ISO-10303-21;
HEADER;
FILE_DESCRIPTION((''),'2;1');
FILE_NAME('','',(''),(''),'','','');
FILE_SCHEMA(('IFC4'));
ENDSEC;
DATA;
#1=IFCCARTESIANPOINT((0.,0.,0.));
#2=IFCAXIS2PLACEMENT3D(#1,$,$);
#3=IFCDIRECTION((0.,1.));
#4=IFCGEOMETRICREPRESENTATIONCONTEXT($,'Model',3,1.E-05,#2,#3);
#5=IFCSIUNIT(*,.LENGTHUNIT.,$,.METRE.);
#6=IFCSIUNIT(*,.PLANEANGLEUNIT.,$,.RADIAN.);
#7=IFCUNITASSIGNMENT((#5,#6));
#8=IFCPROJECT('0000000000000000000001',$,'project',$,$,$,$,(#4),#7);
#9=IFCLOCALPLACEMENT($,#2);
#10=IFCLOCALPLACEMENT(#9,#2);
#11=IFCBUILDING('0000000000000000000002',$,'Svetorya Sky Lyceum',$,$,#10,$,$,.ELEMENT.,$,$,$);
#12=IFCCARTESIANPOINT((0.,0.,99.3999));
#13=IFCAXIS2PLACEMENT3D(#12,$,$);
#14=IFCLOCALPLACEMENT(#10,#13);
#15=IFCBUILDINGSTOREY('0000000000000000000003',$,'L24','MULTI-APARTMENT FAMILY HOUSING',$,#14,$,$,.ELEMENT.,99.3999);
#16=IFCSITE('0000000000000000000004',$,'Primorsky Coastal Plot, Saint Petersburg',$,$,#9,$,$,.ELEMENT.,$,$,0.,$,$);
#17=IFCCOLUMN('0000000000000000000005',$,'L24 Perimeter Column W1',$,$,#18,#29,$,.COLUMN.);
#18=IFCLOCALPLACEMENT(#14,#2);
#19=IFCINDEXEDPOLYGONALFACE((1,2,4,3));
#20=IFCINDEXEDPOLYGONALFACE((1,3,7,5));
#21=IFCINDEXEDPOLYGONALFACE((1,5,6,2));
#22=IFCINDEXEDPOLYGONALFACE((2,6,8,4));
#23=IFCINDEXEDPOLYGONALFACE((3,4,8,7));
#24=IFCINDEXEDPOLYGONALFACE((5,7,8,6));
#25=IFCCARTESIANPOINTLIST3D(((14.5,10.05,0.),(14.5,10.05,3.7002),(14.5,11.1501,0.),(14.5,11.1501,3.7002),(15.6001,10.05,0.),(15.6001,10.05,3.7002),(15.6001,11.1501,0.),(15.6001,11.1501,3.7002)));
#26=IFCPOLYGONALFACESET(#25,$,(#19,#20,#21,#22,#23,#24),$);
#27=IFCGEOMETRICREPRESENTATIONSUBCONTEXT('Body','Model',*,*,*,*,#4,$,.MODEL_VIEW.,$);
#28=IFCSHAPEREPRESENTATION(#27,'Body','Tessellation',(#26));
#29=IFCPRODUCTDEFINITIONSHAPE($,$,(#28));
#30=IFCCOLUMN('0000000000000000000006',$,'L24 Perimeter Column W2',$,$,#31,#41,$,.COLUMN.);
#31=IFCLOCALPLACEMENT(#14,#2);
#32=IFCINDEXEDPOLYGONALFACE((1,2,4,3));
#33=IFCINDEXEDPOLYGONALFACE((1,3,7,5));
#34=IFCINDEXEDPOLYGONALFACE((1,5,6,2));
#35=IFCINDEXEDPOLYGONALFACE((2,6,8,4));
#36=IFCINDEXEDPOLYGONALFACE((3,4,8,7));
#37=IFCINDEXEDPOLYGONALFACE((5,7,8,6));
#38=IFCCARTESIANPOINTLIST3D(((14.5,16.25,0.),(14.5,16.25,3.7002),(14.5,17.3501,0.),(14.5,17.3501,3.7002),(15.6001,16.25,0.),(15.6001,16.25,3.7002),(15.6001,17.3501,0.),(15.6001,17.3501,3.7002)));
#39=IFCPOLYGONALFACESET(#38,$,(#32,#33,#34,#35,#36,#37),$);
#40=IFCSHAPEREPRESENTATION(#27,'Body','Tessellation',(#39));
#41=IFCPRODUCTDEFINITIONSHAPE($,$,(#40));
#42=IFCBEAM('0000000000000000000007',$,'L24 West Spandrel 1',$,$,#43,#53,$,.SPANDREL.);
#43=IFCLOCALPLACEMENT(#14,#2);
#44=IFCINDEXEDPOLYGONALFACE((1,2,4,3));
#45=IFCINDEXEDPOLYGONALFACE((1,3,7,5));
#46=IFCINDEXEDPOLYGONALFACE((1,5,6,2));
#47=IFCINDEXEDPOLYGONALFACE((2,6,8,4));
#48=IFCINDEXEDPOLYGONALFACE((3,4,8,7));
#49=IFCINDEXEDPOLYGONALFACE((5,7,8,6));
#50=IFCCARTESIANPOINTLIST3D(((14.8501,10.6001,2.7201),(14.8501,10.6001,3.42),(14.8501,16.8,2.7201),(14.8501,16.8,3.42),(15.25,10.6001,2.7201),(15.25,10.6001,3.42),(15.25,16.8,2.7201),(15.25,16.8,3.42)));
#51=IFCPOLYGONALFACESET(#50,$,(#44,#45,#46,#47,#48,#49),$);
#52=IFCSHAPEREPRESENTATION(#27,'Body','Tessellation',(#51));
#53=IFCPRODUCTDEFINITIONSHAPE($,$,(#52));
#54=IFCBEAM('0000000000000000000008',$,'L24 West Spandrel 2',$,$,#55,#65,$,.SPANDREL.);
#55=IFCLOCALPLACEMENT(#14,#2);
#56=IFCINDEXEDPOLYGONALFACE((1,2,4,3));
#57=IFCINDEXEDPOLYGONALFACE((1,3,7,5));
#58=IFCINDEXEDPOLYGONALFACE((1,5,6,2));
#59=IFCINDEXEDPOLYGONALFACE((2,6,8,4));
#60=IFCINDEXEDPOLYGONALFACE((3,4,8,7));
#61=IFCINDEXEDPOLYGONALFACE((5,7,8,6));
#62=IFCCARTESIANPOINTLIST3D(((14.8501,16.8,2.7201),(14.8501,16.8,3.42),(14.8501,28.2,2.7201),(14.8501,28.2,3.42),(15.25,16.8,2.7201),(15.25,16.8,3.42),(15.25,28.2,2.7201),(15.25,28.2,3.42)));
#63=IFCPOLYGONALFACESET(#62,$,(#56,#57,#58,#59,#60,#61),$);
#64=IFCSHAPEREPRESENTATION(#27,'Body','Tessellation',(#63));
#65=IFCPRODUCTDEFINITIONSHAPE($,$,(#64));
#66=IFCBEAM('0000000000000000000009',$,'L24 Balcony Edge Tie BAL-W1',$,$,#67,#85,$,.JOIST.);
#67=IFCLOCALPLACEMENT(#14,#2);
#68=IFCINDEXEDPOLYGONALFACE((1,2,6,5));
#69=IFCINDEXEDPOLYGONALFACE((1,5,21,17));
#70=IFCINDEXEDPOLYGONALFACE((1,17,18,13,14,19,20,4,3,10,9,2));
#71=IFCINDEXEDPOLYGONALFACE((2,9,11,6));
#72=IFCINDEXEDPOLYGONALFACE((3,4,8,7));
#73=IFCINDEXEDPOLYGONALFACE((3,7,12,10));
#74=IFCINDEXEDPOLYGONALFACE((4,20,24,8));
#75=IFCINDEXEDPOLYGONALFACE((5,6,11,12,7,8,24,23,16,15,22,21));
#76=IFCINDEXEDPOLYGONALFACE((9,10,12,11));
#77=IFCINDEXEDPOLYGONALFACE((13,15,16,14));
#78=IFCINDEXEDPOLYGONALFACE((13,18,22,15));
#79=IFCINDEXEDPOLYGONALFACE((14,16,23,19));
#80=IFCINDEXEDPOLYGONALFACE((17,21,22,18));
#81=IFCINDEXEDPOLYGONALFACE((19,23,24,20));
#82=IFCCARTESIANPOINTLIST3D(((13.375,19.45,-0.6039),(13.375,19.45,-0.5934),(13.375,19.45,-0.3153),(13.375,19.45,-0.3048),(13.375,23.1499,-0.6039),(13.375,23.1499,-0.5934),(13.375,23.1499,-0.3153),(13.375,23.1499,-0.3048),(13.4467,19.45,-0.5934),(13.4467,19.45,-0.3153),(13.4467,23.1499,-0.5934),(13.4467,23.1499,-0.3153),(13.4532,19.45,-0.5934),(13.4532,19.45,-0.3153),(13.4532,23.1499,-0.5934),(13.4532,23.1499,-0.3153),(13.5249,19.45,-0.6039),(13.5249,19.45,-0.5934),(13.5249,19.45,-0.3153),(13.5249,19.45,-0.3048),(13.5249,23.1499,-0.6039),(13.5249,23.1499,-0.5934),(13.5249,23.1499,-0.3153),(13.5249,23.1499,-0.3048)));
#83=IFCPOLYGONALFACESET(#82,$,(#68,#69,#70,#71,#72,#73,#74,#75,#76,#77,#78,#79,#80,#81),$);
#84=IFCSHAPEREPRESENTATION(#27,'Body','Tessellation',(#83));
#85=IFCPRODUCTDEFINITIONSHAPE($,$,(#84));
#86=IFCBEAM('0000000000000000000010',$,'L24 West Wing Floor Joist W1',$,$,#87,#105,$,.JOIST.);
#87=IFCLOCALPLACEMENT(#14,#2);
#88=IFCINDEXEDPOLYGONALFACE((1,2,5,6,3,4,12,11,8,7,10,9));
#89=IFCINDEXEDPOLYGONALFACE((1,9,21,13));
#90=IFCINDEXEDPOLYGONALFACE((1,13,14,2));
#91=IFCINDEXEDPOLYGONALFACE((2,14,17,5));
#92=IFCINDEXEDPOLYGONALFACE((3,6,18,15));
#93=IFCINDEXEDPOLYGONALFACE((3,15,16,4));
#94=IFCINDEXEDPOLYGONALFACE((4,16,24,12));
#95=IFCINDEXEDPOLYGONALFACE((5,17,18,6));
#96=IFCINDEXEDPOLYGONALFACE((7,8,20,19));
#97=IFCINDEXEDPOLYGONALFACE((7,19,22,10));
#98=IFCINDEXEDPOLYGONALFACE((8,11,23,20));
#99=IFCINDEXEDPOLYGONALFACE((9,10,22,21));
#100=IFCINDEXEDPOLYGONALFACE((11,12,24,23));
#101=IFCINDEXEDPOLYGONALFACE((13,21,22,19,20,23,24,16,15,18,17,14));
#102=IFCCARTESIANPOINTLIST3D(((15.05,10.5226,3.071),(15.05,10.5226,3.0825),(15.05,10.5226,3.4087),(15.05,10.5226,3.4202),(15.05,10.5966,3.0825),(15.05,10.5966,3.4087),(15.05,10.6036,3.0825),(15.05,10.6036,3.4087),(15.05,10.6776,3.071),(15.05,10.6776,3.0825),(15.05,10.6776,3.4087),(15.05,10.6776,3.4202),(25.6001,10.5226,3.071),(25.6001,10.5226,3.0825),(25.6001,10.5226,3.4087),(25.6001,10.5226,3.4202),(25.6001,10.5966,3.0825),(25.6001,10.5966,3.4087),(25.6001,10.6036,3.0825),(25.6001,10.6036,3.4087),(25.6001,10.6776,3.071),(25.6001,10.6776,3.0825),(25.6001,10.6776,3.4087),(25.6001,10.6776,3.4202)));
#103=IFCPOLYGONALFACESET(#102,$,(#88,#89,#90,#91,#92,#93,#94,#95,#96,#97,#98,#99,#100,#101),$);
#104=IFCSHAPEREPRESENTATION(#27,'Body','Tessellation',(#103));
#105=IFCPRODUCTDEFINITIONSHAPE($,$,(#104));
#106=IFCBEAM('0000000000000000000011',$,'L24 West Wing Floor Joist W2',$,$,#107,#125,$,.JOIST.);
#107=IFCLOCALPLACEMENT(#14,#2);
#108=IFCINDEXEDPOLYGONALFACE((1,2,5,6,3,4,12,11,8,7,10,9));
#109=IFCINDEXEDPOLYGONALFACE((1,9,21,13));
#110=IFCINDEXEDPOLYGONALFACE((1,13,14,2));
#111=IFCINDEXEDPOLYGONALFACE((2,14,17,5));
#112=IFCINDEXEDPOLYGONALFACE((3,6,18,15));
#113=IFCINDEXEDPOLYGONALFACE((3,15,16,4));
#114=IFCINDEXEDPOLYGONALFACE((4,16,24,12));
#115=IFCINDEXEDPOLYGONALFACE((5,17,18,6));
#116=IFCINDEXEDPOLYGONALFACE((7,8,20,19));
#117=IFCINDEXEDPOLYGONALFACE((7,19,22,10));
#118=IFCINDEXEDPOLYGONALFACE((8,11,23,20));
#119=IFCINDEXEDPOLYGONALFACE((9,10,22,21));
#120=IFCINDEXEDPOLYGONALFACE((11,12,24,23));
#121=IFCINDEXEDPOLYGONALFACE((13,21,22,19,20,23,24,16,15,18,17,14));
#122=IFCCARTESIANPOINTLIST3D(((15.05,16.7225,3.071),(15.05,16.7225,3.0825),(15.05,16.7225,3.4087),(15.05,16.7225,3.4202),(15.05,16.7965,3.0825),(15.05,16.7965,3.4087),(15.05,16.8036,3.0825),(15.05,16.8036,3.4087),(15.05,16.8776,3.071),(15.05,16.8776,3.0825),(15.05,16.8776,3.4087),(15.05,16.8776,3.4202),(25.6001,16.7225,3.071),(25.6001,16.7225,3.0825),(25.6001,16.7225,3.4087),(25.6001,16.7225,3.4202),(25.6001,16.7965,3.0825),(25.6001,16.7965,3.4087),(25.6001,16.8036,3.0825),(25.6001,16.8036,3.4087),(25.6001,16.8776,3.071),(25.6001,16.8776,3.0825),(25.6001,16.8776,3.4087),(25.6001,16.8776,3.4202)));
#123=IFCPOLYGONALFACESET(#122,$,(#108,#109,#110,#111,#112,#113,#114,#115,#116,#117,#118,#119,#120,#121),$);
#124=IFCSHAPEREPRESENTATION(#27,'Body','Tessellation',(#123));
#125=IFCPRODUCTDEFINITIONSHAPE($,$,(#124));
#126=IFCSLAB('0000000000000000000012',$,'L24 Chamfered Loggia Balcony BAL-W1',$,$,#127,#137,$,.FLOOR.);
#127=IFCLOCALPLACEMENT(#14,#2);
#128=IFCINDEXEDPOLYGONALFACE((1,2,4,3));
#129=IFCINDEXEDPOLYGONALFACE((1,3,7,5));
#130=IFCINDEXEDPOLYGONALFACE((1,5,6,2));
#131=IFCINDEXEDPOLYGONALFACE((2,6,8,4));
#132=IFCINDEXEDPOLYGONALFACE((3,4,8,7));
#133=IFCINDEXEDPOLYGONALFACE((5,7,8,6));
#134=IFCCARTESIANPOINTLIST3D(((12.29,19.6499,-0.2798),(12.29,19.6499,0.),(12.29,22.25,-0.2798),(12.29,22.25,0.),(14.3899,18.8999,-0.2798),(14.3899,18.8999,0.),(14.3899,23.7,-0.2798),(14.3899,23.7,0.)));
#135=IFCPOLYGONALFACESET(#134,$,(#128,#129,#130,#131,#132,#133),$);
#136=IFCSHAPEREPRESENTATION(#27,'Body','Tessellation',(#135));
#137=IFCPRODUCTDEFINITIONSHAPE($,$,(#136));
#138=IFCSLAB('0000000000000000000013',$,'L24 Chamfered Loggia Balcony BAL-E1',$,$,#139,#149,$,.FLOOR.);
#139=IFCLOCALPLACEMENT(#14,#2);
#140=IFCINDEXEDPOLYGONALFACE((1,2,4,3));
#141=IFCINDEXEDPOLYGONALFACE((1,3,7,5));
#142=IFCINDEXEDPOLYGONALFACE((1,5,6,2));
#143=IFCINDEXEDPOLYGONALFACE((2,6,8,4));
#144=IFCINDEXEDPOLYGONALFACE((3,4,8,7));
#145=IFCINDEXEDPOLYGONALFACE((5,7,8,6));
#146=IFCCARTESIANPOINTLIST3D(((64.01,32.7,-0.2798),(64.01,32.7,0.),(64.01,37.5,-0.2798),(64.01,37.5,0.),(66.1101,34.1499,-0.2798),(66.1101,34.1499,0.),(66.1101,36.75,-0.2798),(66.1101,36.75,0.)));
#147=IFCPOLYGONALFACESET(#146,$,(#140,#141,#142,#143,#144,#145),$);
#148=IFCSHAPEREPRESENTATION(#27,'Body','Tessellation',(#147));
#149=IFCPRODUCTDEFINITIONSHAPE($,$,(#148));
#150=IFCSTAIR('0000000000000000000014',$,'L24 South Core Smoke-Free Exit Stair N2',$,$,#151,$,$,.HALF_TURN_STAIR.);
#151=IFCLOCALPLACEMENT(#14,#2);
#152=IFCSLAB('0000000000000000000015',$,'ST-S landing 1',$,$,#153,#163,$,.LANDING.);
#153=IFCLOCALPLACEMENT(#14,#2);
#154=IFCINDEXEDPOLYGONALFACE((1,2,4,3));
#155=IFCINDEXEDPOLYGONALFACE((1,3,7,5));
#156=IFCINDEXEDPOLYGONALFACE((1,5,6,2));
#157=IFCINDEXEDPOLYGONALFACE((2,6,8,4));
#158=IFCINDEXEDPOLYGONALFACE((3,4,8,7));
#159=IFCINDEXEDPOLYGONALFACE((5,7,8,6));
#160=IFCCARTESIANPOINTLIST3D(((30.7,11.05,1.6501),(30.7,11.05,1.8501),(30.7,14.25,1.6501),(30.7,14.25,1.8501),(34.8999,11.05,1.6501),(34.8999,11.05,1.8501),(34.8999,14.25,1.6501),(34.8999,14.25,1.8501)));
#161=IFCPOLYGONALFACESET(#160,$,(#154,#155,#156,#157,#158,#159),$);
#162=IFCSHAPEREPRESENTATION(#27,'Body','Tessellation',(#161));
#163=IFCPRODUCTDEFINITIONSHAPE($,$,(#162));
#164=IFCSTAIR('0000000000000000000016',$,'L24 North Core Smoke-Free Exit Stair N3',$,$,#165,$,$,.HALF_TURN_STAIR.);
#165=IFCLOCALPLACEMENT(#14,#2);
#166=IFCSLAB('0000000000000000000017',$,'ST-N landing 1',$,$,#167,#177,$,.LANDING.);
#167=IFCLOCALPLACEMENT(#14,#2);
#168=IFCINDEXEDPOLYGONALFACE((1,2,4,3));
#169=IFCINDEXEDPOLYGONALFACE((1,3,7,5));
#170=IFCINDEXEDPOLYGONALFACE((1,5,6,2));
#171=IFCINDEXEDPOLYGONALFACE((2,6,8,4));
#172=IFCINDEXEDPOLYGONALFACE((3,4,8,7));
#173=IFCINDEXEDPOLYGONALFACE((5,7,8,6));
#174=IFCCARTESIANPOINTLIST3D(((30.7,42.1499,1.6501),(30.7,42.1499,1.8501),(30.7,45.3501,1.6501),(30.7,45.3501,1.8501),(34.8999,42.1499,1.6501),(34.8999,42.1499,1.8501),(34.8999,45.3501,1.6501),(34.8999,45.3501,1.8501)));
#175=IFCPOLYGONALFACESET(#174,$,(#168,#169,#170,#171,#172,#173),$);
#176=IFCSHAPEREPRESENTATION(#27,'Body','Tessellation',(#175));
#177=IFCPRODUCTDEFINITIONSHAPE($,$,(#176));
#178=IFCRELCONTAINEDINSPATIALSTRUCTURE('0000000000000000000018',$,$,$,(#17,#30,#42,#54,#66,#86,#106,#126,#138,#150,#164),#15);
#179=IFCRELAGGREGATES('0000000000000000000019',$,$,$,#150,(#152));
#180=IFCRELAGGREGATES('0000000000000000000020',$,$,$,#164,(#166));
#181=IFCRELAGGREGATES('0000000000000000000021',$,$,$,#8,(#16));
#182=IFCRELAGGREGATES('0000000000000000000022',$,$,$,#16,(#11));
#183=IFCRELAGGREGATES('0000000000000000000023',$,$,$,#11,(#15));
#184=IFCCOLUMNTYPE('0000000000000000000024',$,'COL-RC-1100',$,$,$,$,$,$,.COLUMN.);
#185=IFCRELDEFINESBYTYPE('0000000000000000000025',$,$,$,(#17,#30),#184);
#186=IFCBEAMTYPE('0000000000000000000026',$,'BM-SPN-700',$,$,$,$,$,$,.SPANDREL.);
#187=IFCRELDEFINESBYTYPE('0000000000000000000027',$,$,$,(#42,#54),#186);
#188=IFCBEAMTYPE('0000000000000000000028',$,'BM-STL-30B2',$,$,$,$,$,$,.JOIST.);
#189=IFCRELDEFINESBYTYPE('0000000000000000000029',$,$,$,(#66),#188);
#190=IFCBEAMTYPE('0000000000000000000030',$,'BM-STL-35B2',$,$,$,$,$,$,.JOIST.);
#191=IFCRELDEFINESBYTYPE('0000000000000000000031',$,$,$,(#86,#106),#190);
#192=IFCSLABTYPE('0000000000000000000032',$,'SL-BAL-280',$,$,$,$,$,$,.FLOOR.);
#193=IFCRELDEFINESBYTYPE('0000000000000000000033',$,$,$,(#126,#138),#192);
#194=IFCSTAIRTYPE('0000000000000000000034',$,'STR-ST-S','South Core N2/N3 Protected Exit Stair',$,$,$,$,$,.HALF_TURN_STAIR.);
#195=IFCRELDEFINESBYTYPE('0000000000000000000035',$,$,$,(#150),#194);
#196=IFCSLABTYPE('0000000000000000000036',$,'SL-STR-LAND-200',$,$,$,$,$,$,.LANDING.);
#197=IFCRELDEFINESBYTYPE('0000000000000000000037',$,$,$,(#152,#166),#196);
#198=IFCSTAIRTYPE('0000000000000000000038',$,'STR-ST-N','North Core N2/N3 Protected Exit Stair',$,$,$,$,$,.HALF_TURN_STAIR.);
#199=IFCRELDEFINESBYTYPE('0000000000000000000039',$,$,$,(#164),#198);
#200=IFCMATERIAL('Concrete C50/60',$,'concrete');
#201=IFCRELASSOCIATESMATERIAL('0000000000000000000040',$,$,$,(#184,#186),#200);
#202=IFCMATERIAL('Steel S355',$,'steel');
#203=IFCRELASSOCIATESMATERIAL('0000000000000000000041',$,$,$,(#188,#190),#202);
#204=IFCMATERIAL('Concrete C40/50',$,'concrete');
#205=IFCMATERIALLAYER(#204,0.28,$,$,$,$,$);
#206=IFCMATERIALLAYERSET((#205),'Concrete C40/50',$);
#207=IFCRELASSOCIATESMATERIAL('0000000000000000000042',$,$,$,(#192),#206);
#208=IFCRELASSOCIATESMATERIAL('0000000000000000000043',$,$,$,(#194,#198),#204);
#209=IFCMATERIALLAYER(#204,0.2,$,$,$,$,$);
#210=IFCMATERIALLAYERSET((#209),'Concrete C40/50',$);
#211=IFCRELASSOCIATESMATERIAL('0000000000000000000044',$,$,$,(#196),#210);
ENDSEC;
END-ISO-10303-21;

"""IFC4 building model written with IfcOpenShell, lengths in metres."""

from ifc_helpers import new_model, si_unit, direction, frame, origin, origin_2d, place, context, subcontext, project, spatial, polyline, rectangle, i_section, outline, extrude, material, layer, layer_set, material_profile, profile_set, type_object, element, aggregate, save


model = new_model("IFC4")

# Units and contexts
model_context = context("Model", 3, precision=1e-05, world=origin(), true_north=direction((0.0, 1.0)))
body_context = subcontext(model_context, "Body", "Model", "MODEL_VIEW")
ifc_project = project(units=[si_unit("LENGTHUNIT", "METRE"), si_unit("PLANEANGLEUNIT", "RADIAN")], contexts=[model_context])

# Site, building, storey
site_placement = place(None, origin())
site = spatial("IfcSite", under=ifc_project, at=site_placement, Name="Primorsky Coastal Plot, Saint Petersburg", CompositionType="ELEMENT", RefElevation=0.0)
building_placement = place(site_placement, origin())
building = spatial("IfcBuilding", under=site, at=building_placement, Name="Svetorya Sky Lyceum", CompositionType="ELEMENT")
storey_placement = place(building_placement, frame((0.0, 0.0, 99.3999)))
storey = spatial("IfcBuildingStorey", under=building, at=storey_placement, Name="L24", Description="MULTI-APARTMENT FAMILY HOUSING", CompositionType="ELEMENT", Elevation=99.3999)

# Columns
ifc_material_1 = material(Name="Concrete C50/60", Category="concrete")
ifc_material_profile_1 = material_profile(ifc_material_1, rectangle(XDim=1.1001, YDim=1.1001, at=origin_2d()), Name="RC COL 1100x1100")
ifc_profile_set_1 = profile_set([ifc_material_profile_1], Name="Concrete C50/60")
column_type = type_object("IfcColumnType", Name="COL-RC-1100", PredefinedType="COLUMN", material=ifc_profile_set_1)
for number, where, z_axis, x_axis, name in (
    (1, (15.05, 10.6001, 0.0), (0.0, 0.0, 1.0), (1.0, 0.0, 0.0), "L24 Perimeter Column W1"),
    (2, (15.05, 16.8, 0.0), (0.0, 0.0, 1.0), (1.0, 0.0, 0.0), "L24 Perimeter Column W2"),
):
    element("IfcColumn", number, at=place(storey_placement, frame(where, z_axis=z_axis, x_axis=x_axis)), inside=storey, type_object=column_type, Name=name, PredefinedType="COLUMN", context=body_context, shape_type="SweptSolid", body=[
        extrude(rectangle(XDim=1.1001, YDim=1.1001, at=origin_2d()), origin(), (0.0, 0.0, 1.0), 3.7002),
    ])

# Beams
ifc_material_profile_2 = material_profile(ifc_material_1, rectangle(XDim=0.3999, YDim=0.7, at=origin_2d()), Name="RC SPANDREL 400x700")
ifc_profile_set_2 = profile_set([ifc_material_profile_2], Name="Concrete C50/60")
beam_type_1 = type_object("IfcBeamType", Name="BM-SPN-700", PredefinedType="SPANDREL", material=ifc_profile_set_2)
beam_1_placement = place(storey_placement, frame((15.05, 10.6001, 3.0701), z_axis=(0.0, 1.0, 0.0), x_axis=(-1.0, 0.0, 0.0)))
element("IfcBeam", 3, at=beam_1_placement, inside=storey, type_object=beam_type_1, Name="L24 West Spandrel 1", PredefinedType="SPANDREL", context=body_context, shape_type="SweptSolid", body=[
    extrude(rectangle(XDim=0.3999, YDim=0.7, at=origin_2d()), origin(), (0.0, 0.0, 1.0), 6.2),
])
beam_2_placement = place(storey_placement, frame((15.05, 16.8, 3.0701), z_axis=(0.0, 1.0, 0.0), x_axis=(-1.0, 0.0, 0.0)))
element("IfcBeam", 4, at=beam_2_placement, inside=storey, type_object=beam_type_1, Name="L24 West Spandrel 2", PredefinedType="SPANDREL", context=body_context, shape_type="SweptSolid", body=[
    extrude(rectangle(XDim=0.3999, YDim=0.7, at=origin_2d()), origin(), (0.0, 0.0, 1.0), 11.3999),
])
ifc_material_2 = material(Name="Steel S355", Category="steel")
ifc_material_profile_3 = material_profile(ifc_material_2, i_section(OverallWidth=0.1499, OverallDepth=0.2991, WebThickness=0.0066, FlangeThickness=0.0105, at=origin_2d()), Name="GOST 30B2")
ifc_profile_set_3 = profile_set([ifc_material_profile_3], Name="Steel S355")
beam_type_2 = type_object("IfcBeamType", Name="BM-STL-30B2", PredefinedType="JOIST", material=ifc_profile_set_3)
beam_3_placement = place(storey_placement, frame((13.45, 19.45, -0.4543), z_axis=(0.0, 1.0, 0.0), x_axis=(-1.0, 0.0, 0.0)))
element("IfcBeam", 5, at=beam_3_placement, inside=storey, type_object=beam_type_2, Name="L24 Balcony Edge Tie BAL-W1", PredefinedType="JOIST", context=body_context, shape_type="SweptSolid", body=[
    extrude(i_section(OverallWidth=0.1499, OverallDepth=0.2991, WebThickness=0.0066, FlangeThickness=0.0105, at=origin_2d()), origin(), (0.0, 0.0, 1.0), 3.7),
])
ifc_material_profile_4 = material_profile(ifc_material_2, i_section(OverallWidth=0.155, OverallDepth=0.3491, WebThickness=0.0071, FlangeThickness=0.0115, at=origin_2d()), Name="GOST 35B2")
ifc_profile_set_4 = profile_set([ifc_material_profile_4], Name="Steel S355")
beam_type_3 = type_object("IfcBeamType", Name="BM-STL-35B2", PredefinedType="JOIST", material=ifc_profile_set_4)
for number, where, z_axis, x_axis, name in (
    (6, (15.05, 10.6001, 3.2456), (1.0, 0.0, 0.0), (0.0, 1.0, 0.0), "L24 West Wing Floor Joist W1"),
    (7, (15.05, 16.8, 3.2456), (1.0, 0.0, 0.0), (0.0, 1.0, 0.0), "L24 West Wing Floor Joist W2"),
):
    element("IfcBeam", number, at=place(storey_placement, frame(where, z_axis=z_axis, x_axis=x_axis)), inside=storey, type_object=beam_type_3, Name=name, PredefinedType="JOIST", context=body_context, shape_type="SweptSolid", body=[
        extrude(i_section(OverallWidth=0.155, OverallDepth=0.3491, WebThickness=0.0071, FlangeThickness=0.0115, at=origin_2d()), origin(), (0.0, 0.0, 1.0), 10.55),
    ])

# Slabs
ifc_material_3 = material(Name="Concrete C40/50", Category="concrete")
ifc_layer_1 = layer(ifc_material_3, 0.28)
ifc_layer_set_1 = layer_set([ifc_layer_1], Name="Concrete C40/50")
slab_type_1 = type_object("IfcSlabType", Name="SL-BAL-280", PredefinedType="FLOOR", material=ifc_layer_set_1)
slab_1_placement = place(storey_placement, frame((0.0, 0.0, -0.2798)))
element("IfcSlab", 8, at=slab_1_placement, inside=storey, type_object=slab_type_1, Name="L24 Chamfered Loggia Balcony BAL-W1", PredefinedType="FLOOR", context=body_context, shape_type="SweptSolid", body=[
    extrude(outline(polyline([(14.3899, 18.8999), (14.3899, 23.7), (12.29, 22.25), (12.29, 19.6499), (14.3899, 18.8999)])), origin(), (0.0, 0.0, 1.0), 0.2798),
])
slab_2_placement = place(storey_placement, frame((0.0, 0.0, -0.2798)))
element("IfcSlab", 9, at=slab_2_placement, inside=storey, type_object=slab_type_1, Name="L24 Chamfered Loggia Balcony BAL-E1", PredefinedType="FLOOR", context=body_context, shape_type="SweptSolid", body=[
    extrude(outline(polyline([(64.01, 32.7), (66.1101, 34.1499), (66.1101, 36.75), (64.01, 37.5), (64.01, 32.7)])), origin(), (0.0, 0.0, 1.0), 0.2798),
])

# Stairs, slabs
stair_type_1 = type_object("IfcStairType", Name="STR-ST-S", Description="South Core N2/N3 Protected Exit Stair", PredefinedType="HALF_TURN_STAIR", material=ifc_material_3)
stair_1_placement = place(storey_placement, origin())
stair_1 = element("IfcStair", 10, at=stair_1_placement, inside=storey, type_object=stair_type_1, Name="L24 South Core Smoke-Free Exit Stair N2", PredefinedType="HALF_TURN_STAIR")
ifc_layer_2 = layer(ifc_material_3, 0.2)
ifc_layer_set_2 = layer_set([ifc_layer_2], Name="Concrete C40/50")
slab_type_2 = type_object("IfcSlabType", Name="SL-STR-LAND-200", PredefinedType="LANDING", material=ifc_layer_set_2)
slab_3_placement = place(storey_placement, frame((0.0, 0.0, 1.6501)))
slab_3 = element("IfcSlab", 11, at=slab_3_placement, type_object=slab_type_2, Name="ST-S landing 1", PredefinedType="LANDING", context=body_context, shape_type="SweptSolid", body=[
    extrude(outline(polyline([(30.7, 11.05), (34.8999, 11.05), (34.8999, 14.25), (30.7, 14.25), (30.7, 11.05)])), origin(), (0.0, 0.0, 1.0), 0.2),
])
aggregate(stair_1, [slab_3])
stair_type_2 = type_object("IfcStairType", Name="STR-ST-N", Description="North Core N2/N3 Protected Exit Stair", PredefinedType="HALF_TURN_STAIR", material=ifc_material_3)
stair_2_placement = place(storey_placement, origin())
stair_2 = element("IfcStair", 12, at=stair_2_placement, inside=storey, type_object=stair_type_2, Name="L24 North Core Smoke-Free Exit Stair N3", PredefinedType="HALF_TURN_STAIR")
slab_4_placement = place(storey_placement, frame((0.0, 0.0, 1.6501)))
slab_4 = element("IfcSlab", 13, at=slab_4_placement, type_object=slab_type_2, Name="ST-N landing 1", PredefinedType="LANDING", context=body_context, shape_type="SweptSolid", body=[
    extrude(outline(polyline([(30.7, 42.1499), (34.8999, 42.1499), (34.8999, 45.3501), (30.7, 45.3501), (30.7, 42.1499)])), origin(), (0.0, 0.0, 1.0), 0.2),
])
aggregate(stair_2, [slab_4])

save(model, "model.ifc")
